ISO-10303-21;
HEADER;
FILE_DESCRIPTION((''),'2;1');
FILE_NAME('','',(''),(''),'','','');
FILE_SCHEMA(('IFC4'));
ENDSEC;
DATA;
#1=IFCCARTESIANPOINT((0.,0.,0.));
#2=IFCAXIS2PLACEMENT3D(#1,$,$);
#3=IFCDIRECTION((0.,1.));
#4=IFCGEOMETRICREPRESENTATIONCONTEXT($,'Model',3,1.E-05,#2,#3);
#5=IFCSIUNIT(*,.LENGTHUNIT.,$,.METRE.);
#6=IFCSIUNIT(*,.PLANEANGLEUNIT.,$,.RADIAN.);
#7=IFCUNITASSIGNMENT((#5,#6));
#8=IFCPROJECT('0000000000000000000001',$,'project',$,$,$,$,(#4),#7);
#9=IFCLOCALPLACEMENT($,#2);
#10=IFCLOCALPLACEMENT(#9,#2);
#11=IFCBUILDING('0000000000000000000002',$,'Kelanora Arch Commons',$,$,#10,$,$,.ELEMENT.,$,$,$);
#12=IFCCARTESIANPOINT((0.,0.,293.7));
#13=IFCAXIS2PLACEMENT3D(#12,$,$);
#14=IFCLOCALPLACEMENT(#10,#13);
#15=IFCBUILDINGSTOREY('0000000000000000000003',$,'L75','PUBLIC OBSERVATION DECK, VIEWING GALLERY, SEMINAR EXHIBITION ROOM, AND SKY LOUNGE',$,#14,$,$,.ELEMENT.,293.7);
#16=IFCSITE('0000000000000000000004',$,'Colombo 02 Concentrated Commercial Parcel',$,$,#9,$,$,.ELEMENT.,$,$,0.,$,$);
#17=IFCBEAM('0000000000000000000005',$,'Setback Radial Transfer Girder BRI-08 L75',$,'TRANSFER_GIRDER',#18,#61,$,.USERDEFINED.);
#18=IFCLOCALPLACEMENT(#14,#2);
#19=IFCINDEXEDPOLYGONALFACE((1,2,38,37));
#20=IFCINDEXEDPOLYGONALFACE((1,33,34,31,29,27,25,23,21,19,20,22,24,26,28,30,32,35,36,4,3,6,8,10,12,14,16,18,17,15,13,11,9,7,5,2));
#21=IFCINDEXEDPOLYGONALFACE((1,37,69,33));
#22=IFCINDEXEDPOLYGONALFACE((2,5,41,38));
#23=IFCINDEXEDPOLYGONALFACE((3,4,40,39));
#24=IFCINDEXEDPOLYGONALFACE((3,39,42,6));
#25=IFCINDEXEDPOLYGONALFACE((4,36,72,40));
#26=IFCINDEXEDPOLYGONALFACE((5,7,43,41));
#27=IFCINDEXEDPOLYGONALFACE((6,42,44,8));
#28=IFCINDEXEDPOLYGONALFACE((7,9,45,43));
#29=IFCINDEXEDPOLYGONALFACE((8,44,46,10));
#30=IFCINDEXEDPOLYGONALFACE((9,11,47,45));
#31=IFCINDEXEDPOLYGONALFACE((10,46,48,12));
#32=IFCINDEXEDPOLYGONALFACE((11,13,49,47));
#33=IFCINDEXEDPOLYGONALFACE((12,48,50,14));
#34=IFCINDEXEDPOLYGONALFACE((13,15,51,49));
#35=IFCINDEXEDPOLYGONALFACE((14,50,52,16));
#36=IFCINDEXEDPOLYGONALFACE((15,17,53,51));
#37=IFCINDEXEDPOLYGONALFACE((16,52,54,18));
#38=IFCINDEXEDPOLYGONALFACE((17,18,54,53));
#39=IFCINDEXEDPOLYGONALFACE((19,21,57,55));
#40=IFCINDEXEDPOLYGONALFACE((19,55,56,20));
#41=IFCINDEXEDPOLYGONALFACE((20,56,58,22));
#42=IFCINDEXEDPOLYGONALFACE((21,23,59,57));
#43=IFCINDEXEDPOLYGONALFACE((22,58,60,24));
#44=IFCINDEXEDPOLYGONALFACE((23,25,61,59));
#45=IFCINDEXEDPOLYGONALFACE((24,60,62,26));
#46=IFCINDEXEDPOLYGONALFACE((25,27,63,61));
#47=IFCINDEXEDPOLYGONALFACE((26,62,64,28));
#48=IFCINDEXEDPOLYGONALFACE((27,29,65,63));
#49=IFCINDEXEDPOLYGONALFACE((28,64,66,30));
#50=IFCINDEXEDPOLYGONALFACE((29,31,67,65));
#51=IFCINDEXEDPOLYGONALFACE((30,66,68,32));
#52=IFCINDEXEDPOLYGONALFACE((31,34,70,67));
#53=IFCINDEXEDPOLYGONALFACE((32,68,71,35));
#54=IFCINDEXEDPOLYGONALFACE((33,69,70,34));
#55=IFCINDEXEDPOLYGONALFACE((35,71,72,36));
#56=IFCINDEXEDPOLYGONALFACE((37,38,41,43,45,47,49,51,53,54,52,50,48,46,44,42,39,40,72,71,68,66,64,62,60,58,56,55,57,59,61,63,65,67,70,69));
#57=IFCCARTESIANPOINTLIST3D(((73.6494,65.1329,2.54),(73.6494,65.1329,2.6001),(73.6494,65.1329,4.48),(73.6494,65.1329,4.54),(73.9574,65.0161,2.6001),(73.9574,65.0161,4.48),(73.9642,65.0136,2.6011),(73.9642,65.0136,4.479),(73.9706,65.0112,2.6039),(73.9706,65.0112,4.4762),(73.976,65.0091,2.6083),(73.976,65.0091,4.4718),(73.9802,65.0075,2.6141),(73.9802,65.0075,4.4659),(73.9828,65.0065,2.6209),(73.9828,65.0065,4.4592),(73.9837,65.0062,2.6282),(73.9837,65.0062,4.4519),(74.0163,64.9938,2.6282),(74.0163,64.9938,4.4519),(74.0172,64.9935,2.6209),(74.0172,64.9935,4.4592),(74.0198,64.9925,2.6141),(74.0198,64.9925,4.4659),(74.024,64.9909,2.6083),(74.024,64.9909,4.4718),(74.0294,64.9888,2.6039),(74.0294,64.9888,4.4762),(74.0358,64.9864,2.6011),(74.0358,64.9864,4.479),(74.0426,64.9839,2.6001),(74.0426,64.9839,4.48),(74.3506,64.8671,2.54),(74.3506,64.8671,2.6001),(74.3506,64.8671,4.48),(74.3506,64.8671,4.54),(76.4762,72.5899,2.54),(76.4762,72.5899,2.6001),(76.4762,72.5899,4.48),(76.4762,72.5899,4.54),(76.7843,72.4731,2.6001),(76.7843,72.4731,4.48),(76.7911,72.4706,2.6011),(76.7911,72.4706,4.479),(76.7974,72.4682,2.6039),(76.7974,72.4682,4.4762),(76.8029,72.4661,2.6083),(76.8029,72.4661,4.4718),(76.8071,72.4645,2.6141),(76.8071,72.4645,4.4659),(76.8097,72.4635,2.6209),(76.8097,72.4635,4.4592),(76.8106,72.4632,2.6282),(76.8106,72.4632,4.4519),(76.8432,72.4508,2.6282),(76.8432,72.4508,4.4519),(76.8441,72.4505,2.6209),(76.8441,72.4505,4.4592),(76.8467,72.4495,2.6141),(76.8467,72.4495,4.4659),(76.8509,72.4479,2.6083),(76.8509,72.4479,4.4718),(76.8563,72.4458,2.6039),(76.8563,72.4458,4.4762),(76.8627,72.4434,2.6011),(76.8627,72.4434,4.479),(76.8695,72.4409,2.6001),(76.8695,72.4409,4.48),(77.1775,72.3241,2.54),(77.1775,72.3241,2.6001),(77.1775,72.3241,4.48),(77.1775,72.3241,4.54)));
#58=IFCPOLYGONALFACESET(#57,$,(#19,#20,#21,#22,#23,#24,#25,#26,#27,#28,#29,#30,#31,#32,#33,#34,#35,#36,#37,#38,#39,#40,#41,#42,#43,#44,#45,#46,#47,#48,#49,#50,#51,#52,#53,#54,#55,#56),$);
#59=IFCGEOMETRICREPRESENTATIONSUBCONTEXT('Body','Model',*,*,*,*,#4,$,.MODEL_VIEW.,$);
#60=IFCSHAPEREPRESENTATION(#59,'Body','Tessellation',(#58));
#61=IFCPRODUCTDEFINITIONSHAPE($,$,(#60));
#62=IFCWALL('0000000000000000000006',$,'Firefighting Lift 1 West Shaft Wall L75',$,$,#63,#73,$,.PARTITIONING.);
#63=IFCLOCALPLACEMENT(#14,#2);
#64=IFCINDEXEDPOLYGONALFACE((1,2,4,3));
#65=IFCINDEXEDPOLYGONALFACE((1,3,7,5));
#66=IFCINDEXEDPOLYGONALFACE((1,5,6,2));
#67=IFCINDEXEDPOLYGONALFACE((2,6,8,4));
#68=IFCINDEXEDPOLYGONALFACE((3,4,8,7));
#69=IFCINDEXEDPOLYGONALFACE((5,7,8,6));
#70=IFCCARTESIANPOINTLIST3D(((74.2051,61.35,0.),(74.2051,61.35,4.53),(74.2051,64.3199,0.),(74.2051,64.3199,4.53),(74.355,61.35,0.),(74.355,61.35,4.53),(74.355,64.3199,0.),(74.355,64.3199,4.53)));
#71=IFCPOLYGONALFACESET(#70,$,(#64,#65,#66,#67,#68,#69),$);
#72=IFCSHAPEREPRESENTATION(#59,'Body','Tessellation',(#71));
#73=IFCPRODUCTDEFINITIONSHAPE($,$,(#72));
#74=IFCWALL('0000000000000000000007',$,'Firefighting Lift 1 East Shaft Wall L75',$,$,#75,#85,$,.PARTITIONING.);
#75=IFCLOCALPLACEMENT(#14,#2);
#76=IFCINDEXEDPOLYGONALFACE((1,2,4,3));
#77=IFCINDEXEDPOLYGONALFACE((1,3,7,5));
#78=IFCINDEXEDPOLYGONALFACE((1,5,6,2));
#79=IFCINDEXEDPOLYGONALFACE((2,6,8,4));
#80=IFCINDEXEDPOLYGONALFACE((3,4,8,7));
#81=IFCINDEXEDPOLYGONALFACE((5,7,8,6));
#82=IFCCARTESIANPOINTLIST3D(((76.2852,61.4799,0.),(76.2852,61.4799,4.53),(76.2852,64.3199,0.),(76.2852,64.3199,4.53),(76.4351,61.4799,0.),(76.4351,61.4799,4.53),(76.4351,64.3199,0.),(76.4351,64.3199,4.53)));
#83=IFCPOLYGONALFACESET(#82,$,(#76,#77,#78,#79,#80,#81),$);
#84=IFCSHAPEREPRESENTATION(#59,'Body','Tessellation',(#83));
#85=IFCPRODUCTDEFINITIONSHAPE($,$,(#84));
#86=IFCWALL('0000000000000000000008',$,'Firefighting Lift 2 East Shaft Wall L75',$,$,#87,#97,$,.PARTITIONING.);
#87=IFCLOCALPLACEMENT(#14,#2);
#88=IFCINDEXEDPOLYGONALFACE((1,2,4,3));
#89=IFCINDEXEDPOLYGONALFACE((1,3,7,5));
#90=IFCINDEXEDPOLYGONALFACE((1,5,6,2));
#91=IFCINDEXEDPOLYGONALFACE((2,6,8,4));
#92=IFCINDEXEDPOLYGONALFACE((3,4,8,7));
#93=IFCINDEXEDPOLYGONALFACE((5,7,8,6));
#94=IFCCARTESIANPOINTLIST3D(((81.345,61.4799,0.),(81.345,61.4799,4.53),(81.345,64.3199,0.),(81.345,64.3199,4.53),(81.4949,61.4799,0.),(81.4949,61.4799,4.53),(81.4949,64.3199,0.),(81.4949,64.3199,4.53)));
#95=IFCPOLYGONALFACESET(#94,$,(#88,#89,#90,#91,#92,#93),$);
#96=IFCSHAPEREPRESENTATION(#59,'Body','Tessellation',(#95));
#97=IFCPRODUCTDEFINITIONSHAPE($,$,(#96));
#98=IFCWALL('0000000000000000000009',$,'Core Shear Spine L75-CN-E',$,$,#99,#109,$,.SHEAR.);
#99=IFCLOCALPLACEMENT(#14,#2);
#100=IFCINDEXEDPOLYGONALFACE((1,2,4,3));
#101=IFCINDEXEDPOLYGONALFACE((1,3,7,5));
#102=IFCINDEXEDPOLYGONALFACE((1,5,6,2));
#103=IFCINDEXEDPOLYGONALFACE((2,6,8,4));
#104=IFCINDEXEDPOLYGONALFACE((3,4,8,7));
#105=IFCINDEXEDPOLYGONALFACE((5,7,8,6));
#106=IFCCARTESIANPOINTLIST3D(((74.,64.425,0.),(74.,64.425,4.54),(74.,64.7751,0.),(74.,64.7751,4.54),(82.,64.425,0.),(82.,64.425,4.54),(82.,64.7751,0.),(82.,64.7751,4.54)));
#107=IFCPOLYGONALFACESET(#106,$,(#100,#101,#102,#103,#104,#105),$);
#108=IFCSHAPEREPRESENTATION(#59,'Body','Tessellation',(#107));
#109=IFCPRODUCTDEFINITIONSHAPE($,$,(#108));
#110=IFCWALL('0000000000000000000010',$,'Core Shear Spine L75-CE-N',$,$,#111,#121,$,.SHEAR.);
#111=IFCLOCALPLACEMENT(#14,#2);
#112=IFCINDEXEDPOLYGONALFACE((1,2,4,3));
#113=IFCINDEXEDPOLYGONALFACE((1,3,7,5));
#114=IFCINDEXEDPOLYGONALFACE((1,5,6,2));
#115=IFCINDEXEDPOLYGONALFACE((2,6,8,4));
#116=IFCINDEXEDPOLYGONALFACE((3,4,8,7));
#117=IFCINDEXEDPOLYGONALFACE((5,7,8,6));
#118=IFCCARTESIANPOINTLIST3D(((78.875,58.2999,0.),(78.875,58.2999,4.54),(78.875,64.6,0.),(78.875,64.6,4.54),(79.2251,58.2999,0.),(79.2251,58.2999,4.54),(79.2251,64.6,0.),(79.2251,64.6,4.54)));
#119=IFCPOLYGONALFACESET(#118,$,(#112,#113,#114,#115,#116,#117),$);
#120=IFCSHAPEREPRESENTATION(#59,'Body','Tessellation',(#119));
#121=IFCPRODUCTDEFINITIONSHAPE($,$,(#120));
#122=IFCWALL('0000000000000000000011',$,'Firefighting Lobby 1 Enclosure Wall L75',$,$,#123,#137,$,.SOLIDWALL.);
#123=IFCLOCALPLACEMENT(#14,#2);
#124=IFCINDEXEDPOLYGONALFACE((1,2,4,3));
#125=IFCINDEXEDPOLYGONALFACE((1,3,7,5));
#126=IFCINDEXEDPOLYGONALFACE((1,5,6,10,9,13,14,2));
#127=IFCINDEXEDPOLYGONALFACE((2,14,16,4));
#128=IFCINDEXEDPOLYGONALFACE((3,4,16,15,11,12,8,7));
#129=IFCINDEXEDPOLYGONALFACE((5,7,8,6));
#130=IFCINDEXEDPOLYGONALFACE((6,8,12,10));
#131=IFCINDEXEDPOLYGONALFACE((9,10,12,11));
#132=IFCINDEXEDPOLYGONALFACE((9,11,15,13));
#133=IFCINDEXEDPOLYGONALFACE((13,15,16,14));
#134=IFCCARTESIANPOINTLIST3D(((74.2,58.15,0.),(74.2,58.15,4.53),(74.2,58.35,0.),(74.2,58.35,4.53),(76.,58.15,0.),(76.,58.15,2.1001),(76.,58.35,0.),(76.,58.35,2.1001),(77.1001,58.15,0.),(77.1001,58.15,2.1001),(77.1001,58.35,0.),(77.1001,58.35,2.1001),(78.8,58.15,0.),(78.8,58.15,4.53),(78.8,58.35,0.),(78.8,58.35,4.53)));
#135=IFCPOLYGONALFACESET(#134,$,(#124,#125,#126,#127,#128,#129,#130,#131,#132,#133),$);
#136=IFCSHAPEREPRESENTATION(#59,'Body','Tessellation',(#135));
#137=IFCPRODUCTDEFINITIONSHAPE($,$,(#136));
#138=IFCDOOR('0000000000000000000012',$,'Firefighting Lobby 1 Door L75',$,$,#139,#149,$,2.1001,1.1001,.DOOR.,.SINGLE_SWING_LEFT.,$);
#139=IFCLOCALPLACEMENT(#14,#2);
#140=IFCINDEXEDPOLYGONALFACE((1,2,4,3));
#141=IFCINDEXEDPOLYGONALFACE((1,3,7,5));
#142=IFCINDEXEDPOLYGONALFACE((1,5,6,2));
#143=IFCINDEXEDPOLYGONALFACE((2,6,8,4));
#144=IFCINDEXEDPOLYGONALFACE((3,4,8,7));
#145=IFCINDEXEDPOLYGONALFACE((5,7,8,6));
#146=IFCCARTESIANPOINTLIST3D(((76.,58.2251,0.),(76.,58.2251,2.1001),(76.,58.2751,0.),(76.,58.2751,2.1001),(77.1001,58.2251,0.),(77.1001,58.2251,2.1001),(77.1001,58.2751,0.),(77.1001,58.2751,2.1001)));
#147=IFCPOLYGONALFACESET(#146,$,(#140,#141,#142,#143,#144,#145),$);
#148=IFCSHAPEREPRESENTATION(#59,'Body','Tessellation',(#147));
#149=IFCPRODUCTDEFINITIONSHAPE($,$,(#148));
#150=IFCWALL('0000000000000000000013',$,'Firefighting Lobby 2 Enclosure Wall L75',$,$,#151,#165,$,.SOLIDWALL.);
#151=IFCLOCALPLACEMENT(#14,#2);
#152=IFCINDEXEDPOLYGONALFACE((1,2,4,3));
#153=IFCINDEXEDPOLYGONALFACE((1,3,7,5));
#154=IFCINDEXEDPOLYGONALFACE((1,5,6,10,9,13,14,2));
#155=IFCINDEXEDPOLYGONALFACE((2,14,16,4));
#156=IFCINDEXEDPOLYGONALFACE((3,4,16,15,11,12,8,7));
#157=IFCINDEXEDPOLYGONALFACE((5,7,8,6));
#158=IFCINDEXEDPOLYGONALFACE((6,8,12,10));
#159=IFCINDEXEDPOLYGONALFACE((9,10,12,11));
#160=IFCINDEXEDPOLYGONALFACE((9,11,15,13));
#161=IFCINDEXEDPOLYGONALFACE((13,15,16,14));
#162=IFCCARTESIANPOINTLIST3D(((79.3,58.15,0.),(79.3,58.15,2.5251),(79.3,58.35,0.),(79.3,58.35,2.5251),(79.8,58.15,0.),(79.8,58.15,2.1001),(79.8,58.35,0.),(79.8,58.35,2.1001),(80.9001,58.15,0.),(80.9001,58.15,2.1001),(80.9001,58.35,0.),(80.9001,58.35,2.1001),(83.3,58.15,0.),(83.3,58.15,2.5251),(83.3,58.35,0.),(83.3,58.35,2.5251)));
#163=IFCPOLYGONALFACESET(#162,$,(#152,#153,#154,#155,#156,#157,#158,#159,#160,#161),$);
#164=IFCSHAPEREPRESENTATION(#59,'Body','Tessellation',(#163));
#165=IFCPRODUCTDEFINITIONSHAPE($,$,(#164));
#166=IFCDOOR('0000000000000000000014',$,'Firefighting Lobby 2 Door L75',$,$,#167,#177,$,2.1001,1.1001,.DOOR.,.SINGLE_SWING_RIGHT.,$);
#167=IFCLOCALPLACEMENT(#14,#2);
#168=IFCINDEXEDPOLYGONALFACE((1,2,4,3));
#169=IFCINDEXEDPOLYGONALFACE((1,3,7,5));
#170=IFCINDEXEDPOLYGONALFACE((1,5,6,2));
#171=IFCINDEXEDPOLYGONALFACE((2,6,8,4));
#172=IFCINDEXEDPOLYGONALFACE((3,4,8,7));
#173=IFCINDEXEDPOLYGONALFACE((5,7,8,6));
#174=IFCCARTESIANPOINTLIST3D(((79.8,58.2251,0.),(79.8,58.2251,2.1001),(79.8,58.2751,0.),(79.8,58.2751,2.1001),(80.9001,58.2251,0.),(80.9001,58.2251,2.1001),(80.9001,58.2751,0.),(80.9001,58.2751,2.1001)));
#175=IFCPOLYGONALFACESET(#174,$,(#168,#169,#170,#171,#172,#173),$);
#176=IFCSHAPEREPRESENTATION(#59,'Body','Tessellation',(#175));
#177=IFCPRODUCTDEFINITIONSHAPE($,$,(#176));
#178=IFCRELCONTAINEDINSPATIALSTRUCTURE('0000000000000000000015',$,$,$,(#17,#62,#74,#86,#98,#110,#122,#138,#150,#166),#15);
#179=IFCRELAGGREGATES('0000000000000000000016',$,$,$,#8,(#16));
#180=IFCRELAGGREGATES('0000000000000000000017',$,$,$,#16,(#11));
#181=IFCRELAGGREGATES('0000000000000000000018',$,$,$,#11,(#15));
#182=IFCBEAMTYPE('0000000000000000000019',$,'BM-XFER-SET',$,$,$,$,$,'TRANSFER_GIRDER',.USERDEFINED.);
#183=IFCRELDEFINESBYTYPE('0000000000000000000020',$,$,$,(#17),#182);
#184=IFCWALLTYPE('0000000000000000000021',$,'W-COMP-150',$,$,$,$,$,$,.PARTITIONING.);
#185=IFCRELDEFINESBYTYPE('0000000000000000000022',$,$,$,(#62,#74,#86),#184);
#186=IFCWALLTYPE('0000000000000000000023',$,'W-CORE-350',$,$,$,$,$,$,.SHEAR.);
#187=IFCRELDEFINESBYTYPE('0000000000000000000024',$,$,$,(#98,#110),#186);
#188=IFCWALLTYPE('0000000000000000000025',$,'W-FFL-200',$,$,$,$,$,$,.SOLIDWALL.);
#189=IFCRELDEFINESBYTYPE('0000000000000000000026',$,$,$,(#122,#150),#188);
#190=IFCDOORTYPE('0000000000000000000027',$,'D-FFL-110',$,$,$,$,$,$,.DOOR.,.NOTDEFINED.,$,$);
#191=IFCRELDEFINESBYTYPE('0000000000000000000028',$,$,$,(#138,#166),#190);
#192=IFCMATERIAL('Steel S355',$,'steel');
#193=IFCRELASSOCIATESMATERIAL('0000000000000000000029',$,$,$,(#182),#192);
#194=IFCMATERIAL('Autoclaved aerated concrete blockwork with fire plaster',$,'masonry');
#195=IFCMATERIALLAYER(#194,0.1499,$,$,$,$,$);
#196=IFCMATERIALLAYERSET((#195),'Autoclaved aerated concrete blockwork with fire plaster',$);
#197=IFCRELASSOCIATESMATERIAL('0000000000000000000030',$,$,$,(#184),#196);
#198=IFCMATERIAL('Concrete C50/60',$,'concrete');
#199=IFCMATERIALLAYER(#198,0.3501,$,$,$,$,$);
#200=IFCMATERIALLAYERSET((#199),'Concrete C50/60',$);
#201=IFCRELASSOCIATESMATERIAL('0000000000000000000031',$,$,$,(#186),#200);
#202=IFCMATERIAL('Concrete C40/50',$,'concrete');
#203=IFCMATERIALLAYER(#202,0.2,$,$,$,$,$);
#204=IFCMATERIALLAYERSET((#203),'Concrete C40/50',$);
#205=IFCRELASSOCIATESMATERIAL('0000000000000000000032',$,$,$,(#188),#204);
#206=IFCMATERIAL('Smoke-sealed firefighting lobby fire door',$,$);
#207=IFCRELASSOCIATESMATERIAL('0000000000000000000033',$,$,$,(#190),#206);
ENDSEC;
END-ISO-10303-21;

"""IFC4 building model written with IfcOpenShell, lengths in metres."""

from ifc_helpers import new_model, si_unit, direction, frame, frame_2d, origin, origin_2d, place, context, subcontext, project, spatial, rectangle, i_section, extrude, material, layer, layer_set, material_profile, profile_set, type_object, element, fill, save


model = new_model("IFC4")

# Units and contexts
model_context = context("Model", 3, precision=1e-05, world=origin(), true_north=direction((0.0, 1.0)))
body_context = subcontext(model_context, "Body", "Model", "MODEL_VIEW")
ifc_project = project(units=[si_unit("LENGTHUNIT", "METRE"), si_unit("PLANEANGLEUNIT", "RADIAN")], contexts=[model_context])

# Site, building, storey
site_placement = place(None, origin())
site = spatial("IfcSite", under=ifc_project, at=site_placement, Name="Colombo 02 Concentrated Commercial Parcel", CompositionType="ELEMENT", RefElevation=0.0)
building_placement = place(site_placement, origin())
building = spatial("IfcBuilding", under=site, at=building_placement, Name="Kelanora Arch Commons", CompositionType="ELEMENT")
storey_placement = place(building_placement, frame((0.0, 0.0, 293.7)))
storey = spatial("IfcBuildingStorey", under=building, at=storey_placement, Name="L75", Description="PUBLIC OBSERVATION DECK, VIEWING GALLERY, SEMINAR EXHIBITION ROOM, AND SKY LOUNGE", CompositionType="ELEMENT", Elevation=293.7)

# Shared definitions
ifc_material_1 = material(Name="Concrete C50/60", Category="concrete")

# Beam
ifc_material_2 = material(Name="Steel S355", Category="steel")
ifc_material_profile_1 = material_profile(ifc_material_2, i_section(OverallWidth=0.75, OverallDepth=2.0, WebThickness=0.0349, FlangeThickness=0.0601, FilletRadius=0.0281, at=origin_2d()), Name="PG2000x750")
ifc_profile_set_1 = profile_set([ifc_material_profile_1], Name="Steel S355")
beam_type_1 = type_object("IfcBeamType", Name="BM-XFER-SET", ElementType="TRANSFER_GIRDER", PredefinedType="USERDEFINED", material=ifc_profile_set_1)
beam_1_placement = place(storey_placement, frame((74.0, 65.0, 3.54), z_axis=(0.354476, 0.935065, 0.0), x_axis=(-0.935065, 0.354476, 0.0)))
element("IfcBeam", 1, at=beam_1_placement, inside=storey, type_object=beam_type_1, Name="Setback Radial Transfer Girder BRI-08 L75", ObjectType="TRANSFER_GIRDER", PredefinedType="USERDEFINED", context=body_context, shape_type="SweptSolid", body=[
    extrude(i_section(OverallWidth=0.75, OverallDepth=2.0, WebThickness=0.0349, FlangeThickness=0.0601, FilletRadius=0.0281, at=origin_2d()), origin(), (0.0, 0.0, 1.0), 7.9749),
])

# Walls
ifc_material_3 = material(Name="Autoclaved aerated concrete blockwork with fire plaster", Category="masonry")
ifc_layer_1 = layer(ifc_material_3, 0.1499)
ifc_layer_set_1 = layer_set([ifc_layer_1], Name="Autoclaved aerated concrete blockwork with fire plaster")
wall_type_1 = type_object("IfcWallType", Name="W-COMP-150", PredefinedType="PARTITIONING", material=ifc_layer_set_1)
wall_1_placement = place(storey_placement, frame((74.28, 61.3501, 0.0), z_axis=(0.0, 0.0, 1.0), x_axis=(0.0, 1.0, 0.0)))
element("IfcWall", 2, at=wall_1_placement, inside=storey, type_object=wall_type_1, Name="Firefighting Lift 1 West Shaft Wall L75", PredefinedType="PARTITIONING", context=body_context, shape_type="SweptSolid", body=[
    extrude(rectangle(XDim=2.97, YDim=0.1499, at=frame_2d((1.4849, 0.0))), origin(), (0.0, 0.0, 1.0), 4.53),
])
for number, where, z_axis, x_axis, name in (
    (3, (76.3601, 61.48, 0.0), (0.0, 0.0, 1.0), (0.0, 1.0, 0.0), "Firefighting Lift 1 East Shaft Wall L75"),
    (4, (81.4199, 61.48, 0.0), (0.0, 0.0, 1.0), (0.0, 1.0, 0.0), "Firefighting Lift 2 East Shaft Wall L75"),
):
    element("IfcWall", number, at=place(storey_placement, frame(where, z_axis=z_axis, x_axis=x_axis)), inside=storey, type_object=wall_type_1, Name=name, PredefinedType="PARTITIONING", context=body_context, shape_type="SweptSolid", body=[
        extrude(rectangle(XDim=2.8401, YDim=0.1499, at=frame_2d((1.4199, 0.0))), origin(), (0.0, 0.0, 1.0), 4.53),
    ])
ifc_layer_2 = layer(ifc_material_1, 0.3501)
ifc_layer_set_2 = layer_set([ifc_layer_2], Name="Concrete C50/60")
wall_type_2 = type_object("IfcWallType", Name="W-CORE-350", PredefinedType="SHEAR", material=ifc_layer_set_2)
wall_2_placement = place(storey_placement, frame((74.0, 64.6001, 0.0), z_axis=(0.0, 0.0, 1.0), x_axis=(1.0, 0.0, 0.0)))
element("IfcWall", 5, at=wall_2_placement, inside=storey, type_object=wall_type_2, Name="Core Shear Spine L75-CN-E", PredefinedType="SHEAR", context=body_context, shape_type="SweptSolid", body=[
    extrude(rectangle(XDim=8.0, YDim=0.3501, at=frame_2d((4.0, 0.0))), origin(), (0.0, 0.0, 1.0), 4.54),
])
wall_3_placement = place(storey_placement, frame((79.05, 58.3, 0.0), z_axis=(0.0, 0.0, 1.0), x_axis=(0.0, 1.0, 0.0)))
element("IfcWall", 6, at=wall_3_placement, inside=storey, type_object=wall_type_2, Name="Core Shear Spine L75-CE-N", PredefinedType="SHEAR", context=body_context, shape_type="SweptSolid", body=[
    extrude(rectangle(XDim=6.3, YDim=0.3501, at=frame_2d((3.1499, 0.0))), origin(), (0.0, 0.0, 1.0), 4.54),
])

# Walls, openings, doors
ifc_material_4 = material(Name="Concrete C40/50", Category="concrete")
ifc_layer_3 = layer(ifc_material_4, 0.2)
ifc_layer_set_3 = layer_set([ifc_layer_3], Name="Concrete C40/50")
wall_type_3 = type_object("IfcWallType", Name="W-FFL-200", PredefinedType="SOLIDWALL", material=ifc_layer_set_3)
wall_4_placement = place(storey_placement, frame((74.2, 58.25, 0.0), z_axis=(0.0, 0.0, 1.0), x_axis=(1.0, 0.0, 0.0)))
wall_4 = element("IfcWall", 7, at=wall_4_placement, inside=storey, type_object=wall_type_3, Name="Firefighting Lobby 1 Enclosure Wall L75", PredefinedType="SOLIDWALL", context=body_context, shape_type="SweptSolid", body=[
    extrude(rectangle(XDim=4.6001, YDim=0.2, at=frame_2d((2.3, 0.0))), origin(), (0.0, 0.0, 1.0), 4.53),
])
opening_1_placement = place(wall_4_placement, frame((1.8, 0.0, 0.0)))
opening_1 = element("IfcOpeningElement", 8, at=opening_1_placement, cuts=wall_4, PredefinedType="OPENING", context=body_context, shape_type="SweptSolid", body=[
    extrude(rectangle(XDim=1.1001, YDim=2.1001, at=frame_2d((0.55, 1.05))), frame((0.0, 0.1099, 0.0), z_axis=(0.0, -1.0, 0.0), x_axis=(1.0, 0.0, 0.0)), (0.0, 0.0, 1.0), 0.22),
])
ifc_material_5 = material(Name="Smoke-sealed firefighting lobby fire door")
door_type_1 = type_object("IfcDoorType", Name="D-FFL-110", OperationType="NOTDEFINED", PredefinedType="DOOR", material=ifc_material_5)
door_1_placement = place(opening_1_placement, frame((1.1001, 0.0, 0.0), z_axis=(0.0, 0.0, 1.0), x_axis=(-1.0, 0.0, 0.0)))
door_1 = element("IfcDoor", 9, at=door_1_placement, inside=storey, type_object=door_type_1, Name="Firefighting Lobby 1 Door L75", OperationType="SINGLE_SWING_LEFT", OverallHeight=2.1001, OverallWidth=1.1001, PredefinedType="DOOR", context=body_context, shape_type="SweptSolid", body=[
    extrude(rectangle(XDim=1.1001, YDim=2.1001, at=frame_2d((0.55, 1.05))), frame((0.0, 0.0249, 0.0), z_axis=(0.0, -1.0, 0.0), x_axis=(1.0, 0.0, 0.0)), (0.0, 0.0, 1.0), 0.05),
])
fill(opening_1, door_1)
wall_5_placement = place(storey_placement, frame((79.3, 58.25, 0.0), z_axis=(0.0, 0.0, 1.0), x_axis=(1.0, 0.0, 0.0)))
wall_5 = element("IfcWall", 10, at=wall_5_placement, inside=storey, type_object=wall_type_3, Name="Firefighting Lobby 2 Enclosure Wall L75", PredefinedType="SOLIDWALL", context=body_context, shape_type="SweptSolid", body=[
    extrude(rectangle(XDim=4.0, YDim=0.2, at=frame_2d((2.0, 0.0))), origin(), (0.0, 0.0, 1.0), 2.5251),
])
opening_2_placement = place(wall_5_placement, frame((0.5, 0.0, 0.0)))
opening_2 = element("IfcOpeningElement", 11, at=opening_2_placement, cuts=wall_5, PredefinedType="OPENING", context=body_context, shape_type="SweptSolid", body=[
    extrude(rectangle(XDim=1.1001, YDim=2.1001, at=frame_2d((0.55, 1.05))), frame((0.0, 0.1099, 0.0), z_axis=(0.0, -1.0, 0.0), x_axis=(1.0, 0.0, 0.0)), (0.0, 0.0, 1.0), 0.22),
])
door_2_placement = place(opening_2_placement, frame((1.1001, 0.0, 0.0), z_axis=(0.0, 0.0, 1.0), x_axis=(-1.0, 0.0, 0.0)))
door_2 = element("IfcDoor", 12, at=door_2_placement, inside=storey, type_object=door_type_1, Name="Firefighting Lobby 2 Door L75", OperationType="SINGLE_SWING_RIGHT", OverallHeight=2.1001, OverallWidth=1.1001, PredefinedType="DOOR", context=body_context, shape_type="SweptSolid", body=[
    extrude(rectangle(XDim=1.1001, YDim=2.1001, at=frame_2d((0.55, 1.05))), frame((0.0, 0.0249, 0.0), z_axis=(0.0, -1.0, 0.0), x_axis=(1.0, 0.0, 0.0)), (0.0, 0.0, 1.0), 0.05),
])
fill(opening_2, door_2)

save(model, "model.ifc")
